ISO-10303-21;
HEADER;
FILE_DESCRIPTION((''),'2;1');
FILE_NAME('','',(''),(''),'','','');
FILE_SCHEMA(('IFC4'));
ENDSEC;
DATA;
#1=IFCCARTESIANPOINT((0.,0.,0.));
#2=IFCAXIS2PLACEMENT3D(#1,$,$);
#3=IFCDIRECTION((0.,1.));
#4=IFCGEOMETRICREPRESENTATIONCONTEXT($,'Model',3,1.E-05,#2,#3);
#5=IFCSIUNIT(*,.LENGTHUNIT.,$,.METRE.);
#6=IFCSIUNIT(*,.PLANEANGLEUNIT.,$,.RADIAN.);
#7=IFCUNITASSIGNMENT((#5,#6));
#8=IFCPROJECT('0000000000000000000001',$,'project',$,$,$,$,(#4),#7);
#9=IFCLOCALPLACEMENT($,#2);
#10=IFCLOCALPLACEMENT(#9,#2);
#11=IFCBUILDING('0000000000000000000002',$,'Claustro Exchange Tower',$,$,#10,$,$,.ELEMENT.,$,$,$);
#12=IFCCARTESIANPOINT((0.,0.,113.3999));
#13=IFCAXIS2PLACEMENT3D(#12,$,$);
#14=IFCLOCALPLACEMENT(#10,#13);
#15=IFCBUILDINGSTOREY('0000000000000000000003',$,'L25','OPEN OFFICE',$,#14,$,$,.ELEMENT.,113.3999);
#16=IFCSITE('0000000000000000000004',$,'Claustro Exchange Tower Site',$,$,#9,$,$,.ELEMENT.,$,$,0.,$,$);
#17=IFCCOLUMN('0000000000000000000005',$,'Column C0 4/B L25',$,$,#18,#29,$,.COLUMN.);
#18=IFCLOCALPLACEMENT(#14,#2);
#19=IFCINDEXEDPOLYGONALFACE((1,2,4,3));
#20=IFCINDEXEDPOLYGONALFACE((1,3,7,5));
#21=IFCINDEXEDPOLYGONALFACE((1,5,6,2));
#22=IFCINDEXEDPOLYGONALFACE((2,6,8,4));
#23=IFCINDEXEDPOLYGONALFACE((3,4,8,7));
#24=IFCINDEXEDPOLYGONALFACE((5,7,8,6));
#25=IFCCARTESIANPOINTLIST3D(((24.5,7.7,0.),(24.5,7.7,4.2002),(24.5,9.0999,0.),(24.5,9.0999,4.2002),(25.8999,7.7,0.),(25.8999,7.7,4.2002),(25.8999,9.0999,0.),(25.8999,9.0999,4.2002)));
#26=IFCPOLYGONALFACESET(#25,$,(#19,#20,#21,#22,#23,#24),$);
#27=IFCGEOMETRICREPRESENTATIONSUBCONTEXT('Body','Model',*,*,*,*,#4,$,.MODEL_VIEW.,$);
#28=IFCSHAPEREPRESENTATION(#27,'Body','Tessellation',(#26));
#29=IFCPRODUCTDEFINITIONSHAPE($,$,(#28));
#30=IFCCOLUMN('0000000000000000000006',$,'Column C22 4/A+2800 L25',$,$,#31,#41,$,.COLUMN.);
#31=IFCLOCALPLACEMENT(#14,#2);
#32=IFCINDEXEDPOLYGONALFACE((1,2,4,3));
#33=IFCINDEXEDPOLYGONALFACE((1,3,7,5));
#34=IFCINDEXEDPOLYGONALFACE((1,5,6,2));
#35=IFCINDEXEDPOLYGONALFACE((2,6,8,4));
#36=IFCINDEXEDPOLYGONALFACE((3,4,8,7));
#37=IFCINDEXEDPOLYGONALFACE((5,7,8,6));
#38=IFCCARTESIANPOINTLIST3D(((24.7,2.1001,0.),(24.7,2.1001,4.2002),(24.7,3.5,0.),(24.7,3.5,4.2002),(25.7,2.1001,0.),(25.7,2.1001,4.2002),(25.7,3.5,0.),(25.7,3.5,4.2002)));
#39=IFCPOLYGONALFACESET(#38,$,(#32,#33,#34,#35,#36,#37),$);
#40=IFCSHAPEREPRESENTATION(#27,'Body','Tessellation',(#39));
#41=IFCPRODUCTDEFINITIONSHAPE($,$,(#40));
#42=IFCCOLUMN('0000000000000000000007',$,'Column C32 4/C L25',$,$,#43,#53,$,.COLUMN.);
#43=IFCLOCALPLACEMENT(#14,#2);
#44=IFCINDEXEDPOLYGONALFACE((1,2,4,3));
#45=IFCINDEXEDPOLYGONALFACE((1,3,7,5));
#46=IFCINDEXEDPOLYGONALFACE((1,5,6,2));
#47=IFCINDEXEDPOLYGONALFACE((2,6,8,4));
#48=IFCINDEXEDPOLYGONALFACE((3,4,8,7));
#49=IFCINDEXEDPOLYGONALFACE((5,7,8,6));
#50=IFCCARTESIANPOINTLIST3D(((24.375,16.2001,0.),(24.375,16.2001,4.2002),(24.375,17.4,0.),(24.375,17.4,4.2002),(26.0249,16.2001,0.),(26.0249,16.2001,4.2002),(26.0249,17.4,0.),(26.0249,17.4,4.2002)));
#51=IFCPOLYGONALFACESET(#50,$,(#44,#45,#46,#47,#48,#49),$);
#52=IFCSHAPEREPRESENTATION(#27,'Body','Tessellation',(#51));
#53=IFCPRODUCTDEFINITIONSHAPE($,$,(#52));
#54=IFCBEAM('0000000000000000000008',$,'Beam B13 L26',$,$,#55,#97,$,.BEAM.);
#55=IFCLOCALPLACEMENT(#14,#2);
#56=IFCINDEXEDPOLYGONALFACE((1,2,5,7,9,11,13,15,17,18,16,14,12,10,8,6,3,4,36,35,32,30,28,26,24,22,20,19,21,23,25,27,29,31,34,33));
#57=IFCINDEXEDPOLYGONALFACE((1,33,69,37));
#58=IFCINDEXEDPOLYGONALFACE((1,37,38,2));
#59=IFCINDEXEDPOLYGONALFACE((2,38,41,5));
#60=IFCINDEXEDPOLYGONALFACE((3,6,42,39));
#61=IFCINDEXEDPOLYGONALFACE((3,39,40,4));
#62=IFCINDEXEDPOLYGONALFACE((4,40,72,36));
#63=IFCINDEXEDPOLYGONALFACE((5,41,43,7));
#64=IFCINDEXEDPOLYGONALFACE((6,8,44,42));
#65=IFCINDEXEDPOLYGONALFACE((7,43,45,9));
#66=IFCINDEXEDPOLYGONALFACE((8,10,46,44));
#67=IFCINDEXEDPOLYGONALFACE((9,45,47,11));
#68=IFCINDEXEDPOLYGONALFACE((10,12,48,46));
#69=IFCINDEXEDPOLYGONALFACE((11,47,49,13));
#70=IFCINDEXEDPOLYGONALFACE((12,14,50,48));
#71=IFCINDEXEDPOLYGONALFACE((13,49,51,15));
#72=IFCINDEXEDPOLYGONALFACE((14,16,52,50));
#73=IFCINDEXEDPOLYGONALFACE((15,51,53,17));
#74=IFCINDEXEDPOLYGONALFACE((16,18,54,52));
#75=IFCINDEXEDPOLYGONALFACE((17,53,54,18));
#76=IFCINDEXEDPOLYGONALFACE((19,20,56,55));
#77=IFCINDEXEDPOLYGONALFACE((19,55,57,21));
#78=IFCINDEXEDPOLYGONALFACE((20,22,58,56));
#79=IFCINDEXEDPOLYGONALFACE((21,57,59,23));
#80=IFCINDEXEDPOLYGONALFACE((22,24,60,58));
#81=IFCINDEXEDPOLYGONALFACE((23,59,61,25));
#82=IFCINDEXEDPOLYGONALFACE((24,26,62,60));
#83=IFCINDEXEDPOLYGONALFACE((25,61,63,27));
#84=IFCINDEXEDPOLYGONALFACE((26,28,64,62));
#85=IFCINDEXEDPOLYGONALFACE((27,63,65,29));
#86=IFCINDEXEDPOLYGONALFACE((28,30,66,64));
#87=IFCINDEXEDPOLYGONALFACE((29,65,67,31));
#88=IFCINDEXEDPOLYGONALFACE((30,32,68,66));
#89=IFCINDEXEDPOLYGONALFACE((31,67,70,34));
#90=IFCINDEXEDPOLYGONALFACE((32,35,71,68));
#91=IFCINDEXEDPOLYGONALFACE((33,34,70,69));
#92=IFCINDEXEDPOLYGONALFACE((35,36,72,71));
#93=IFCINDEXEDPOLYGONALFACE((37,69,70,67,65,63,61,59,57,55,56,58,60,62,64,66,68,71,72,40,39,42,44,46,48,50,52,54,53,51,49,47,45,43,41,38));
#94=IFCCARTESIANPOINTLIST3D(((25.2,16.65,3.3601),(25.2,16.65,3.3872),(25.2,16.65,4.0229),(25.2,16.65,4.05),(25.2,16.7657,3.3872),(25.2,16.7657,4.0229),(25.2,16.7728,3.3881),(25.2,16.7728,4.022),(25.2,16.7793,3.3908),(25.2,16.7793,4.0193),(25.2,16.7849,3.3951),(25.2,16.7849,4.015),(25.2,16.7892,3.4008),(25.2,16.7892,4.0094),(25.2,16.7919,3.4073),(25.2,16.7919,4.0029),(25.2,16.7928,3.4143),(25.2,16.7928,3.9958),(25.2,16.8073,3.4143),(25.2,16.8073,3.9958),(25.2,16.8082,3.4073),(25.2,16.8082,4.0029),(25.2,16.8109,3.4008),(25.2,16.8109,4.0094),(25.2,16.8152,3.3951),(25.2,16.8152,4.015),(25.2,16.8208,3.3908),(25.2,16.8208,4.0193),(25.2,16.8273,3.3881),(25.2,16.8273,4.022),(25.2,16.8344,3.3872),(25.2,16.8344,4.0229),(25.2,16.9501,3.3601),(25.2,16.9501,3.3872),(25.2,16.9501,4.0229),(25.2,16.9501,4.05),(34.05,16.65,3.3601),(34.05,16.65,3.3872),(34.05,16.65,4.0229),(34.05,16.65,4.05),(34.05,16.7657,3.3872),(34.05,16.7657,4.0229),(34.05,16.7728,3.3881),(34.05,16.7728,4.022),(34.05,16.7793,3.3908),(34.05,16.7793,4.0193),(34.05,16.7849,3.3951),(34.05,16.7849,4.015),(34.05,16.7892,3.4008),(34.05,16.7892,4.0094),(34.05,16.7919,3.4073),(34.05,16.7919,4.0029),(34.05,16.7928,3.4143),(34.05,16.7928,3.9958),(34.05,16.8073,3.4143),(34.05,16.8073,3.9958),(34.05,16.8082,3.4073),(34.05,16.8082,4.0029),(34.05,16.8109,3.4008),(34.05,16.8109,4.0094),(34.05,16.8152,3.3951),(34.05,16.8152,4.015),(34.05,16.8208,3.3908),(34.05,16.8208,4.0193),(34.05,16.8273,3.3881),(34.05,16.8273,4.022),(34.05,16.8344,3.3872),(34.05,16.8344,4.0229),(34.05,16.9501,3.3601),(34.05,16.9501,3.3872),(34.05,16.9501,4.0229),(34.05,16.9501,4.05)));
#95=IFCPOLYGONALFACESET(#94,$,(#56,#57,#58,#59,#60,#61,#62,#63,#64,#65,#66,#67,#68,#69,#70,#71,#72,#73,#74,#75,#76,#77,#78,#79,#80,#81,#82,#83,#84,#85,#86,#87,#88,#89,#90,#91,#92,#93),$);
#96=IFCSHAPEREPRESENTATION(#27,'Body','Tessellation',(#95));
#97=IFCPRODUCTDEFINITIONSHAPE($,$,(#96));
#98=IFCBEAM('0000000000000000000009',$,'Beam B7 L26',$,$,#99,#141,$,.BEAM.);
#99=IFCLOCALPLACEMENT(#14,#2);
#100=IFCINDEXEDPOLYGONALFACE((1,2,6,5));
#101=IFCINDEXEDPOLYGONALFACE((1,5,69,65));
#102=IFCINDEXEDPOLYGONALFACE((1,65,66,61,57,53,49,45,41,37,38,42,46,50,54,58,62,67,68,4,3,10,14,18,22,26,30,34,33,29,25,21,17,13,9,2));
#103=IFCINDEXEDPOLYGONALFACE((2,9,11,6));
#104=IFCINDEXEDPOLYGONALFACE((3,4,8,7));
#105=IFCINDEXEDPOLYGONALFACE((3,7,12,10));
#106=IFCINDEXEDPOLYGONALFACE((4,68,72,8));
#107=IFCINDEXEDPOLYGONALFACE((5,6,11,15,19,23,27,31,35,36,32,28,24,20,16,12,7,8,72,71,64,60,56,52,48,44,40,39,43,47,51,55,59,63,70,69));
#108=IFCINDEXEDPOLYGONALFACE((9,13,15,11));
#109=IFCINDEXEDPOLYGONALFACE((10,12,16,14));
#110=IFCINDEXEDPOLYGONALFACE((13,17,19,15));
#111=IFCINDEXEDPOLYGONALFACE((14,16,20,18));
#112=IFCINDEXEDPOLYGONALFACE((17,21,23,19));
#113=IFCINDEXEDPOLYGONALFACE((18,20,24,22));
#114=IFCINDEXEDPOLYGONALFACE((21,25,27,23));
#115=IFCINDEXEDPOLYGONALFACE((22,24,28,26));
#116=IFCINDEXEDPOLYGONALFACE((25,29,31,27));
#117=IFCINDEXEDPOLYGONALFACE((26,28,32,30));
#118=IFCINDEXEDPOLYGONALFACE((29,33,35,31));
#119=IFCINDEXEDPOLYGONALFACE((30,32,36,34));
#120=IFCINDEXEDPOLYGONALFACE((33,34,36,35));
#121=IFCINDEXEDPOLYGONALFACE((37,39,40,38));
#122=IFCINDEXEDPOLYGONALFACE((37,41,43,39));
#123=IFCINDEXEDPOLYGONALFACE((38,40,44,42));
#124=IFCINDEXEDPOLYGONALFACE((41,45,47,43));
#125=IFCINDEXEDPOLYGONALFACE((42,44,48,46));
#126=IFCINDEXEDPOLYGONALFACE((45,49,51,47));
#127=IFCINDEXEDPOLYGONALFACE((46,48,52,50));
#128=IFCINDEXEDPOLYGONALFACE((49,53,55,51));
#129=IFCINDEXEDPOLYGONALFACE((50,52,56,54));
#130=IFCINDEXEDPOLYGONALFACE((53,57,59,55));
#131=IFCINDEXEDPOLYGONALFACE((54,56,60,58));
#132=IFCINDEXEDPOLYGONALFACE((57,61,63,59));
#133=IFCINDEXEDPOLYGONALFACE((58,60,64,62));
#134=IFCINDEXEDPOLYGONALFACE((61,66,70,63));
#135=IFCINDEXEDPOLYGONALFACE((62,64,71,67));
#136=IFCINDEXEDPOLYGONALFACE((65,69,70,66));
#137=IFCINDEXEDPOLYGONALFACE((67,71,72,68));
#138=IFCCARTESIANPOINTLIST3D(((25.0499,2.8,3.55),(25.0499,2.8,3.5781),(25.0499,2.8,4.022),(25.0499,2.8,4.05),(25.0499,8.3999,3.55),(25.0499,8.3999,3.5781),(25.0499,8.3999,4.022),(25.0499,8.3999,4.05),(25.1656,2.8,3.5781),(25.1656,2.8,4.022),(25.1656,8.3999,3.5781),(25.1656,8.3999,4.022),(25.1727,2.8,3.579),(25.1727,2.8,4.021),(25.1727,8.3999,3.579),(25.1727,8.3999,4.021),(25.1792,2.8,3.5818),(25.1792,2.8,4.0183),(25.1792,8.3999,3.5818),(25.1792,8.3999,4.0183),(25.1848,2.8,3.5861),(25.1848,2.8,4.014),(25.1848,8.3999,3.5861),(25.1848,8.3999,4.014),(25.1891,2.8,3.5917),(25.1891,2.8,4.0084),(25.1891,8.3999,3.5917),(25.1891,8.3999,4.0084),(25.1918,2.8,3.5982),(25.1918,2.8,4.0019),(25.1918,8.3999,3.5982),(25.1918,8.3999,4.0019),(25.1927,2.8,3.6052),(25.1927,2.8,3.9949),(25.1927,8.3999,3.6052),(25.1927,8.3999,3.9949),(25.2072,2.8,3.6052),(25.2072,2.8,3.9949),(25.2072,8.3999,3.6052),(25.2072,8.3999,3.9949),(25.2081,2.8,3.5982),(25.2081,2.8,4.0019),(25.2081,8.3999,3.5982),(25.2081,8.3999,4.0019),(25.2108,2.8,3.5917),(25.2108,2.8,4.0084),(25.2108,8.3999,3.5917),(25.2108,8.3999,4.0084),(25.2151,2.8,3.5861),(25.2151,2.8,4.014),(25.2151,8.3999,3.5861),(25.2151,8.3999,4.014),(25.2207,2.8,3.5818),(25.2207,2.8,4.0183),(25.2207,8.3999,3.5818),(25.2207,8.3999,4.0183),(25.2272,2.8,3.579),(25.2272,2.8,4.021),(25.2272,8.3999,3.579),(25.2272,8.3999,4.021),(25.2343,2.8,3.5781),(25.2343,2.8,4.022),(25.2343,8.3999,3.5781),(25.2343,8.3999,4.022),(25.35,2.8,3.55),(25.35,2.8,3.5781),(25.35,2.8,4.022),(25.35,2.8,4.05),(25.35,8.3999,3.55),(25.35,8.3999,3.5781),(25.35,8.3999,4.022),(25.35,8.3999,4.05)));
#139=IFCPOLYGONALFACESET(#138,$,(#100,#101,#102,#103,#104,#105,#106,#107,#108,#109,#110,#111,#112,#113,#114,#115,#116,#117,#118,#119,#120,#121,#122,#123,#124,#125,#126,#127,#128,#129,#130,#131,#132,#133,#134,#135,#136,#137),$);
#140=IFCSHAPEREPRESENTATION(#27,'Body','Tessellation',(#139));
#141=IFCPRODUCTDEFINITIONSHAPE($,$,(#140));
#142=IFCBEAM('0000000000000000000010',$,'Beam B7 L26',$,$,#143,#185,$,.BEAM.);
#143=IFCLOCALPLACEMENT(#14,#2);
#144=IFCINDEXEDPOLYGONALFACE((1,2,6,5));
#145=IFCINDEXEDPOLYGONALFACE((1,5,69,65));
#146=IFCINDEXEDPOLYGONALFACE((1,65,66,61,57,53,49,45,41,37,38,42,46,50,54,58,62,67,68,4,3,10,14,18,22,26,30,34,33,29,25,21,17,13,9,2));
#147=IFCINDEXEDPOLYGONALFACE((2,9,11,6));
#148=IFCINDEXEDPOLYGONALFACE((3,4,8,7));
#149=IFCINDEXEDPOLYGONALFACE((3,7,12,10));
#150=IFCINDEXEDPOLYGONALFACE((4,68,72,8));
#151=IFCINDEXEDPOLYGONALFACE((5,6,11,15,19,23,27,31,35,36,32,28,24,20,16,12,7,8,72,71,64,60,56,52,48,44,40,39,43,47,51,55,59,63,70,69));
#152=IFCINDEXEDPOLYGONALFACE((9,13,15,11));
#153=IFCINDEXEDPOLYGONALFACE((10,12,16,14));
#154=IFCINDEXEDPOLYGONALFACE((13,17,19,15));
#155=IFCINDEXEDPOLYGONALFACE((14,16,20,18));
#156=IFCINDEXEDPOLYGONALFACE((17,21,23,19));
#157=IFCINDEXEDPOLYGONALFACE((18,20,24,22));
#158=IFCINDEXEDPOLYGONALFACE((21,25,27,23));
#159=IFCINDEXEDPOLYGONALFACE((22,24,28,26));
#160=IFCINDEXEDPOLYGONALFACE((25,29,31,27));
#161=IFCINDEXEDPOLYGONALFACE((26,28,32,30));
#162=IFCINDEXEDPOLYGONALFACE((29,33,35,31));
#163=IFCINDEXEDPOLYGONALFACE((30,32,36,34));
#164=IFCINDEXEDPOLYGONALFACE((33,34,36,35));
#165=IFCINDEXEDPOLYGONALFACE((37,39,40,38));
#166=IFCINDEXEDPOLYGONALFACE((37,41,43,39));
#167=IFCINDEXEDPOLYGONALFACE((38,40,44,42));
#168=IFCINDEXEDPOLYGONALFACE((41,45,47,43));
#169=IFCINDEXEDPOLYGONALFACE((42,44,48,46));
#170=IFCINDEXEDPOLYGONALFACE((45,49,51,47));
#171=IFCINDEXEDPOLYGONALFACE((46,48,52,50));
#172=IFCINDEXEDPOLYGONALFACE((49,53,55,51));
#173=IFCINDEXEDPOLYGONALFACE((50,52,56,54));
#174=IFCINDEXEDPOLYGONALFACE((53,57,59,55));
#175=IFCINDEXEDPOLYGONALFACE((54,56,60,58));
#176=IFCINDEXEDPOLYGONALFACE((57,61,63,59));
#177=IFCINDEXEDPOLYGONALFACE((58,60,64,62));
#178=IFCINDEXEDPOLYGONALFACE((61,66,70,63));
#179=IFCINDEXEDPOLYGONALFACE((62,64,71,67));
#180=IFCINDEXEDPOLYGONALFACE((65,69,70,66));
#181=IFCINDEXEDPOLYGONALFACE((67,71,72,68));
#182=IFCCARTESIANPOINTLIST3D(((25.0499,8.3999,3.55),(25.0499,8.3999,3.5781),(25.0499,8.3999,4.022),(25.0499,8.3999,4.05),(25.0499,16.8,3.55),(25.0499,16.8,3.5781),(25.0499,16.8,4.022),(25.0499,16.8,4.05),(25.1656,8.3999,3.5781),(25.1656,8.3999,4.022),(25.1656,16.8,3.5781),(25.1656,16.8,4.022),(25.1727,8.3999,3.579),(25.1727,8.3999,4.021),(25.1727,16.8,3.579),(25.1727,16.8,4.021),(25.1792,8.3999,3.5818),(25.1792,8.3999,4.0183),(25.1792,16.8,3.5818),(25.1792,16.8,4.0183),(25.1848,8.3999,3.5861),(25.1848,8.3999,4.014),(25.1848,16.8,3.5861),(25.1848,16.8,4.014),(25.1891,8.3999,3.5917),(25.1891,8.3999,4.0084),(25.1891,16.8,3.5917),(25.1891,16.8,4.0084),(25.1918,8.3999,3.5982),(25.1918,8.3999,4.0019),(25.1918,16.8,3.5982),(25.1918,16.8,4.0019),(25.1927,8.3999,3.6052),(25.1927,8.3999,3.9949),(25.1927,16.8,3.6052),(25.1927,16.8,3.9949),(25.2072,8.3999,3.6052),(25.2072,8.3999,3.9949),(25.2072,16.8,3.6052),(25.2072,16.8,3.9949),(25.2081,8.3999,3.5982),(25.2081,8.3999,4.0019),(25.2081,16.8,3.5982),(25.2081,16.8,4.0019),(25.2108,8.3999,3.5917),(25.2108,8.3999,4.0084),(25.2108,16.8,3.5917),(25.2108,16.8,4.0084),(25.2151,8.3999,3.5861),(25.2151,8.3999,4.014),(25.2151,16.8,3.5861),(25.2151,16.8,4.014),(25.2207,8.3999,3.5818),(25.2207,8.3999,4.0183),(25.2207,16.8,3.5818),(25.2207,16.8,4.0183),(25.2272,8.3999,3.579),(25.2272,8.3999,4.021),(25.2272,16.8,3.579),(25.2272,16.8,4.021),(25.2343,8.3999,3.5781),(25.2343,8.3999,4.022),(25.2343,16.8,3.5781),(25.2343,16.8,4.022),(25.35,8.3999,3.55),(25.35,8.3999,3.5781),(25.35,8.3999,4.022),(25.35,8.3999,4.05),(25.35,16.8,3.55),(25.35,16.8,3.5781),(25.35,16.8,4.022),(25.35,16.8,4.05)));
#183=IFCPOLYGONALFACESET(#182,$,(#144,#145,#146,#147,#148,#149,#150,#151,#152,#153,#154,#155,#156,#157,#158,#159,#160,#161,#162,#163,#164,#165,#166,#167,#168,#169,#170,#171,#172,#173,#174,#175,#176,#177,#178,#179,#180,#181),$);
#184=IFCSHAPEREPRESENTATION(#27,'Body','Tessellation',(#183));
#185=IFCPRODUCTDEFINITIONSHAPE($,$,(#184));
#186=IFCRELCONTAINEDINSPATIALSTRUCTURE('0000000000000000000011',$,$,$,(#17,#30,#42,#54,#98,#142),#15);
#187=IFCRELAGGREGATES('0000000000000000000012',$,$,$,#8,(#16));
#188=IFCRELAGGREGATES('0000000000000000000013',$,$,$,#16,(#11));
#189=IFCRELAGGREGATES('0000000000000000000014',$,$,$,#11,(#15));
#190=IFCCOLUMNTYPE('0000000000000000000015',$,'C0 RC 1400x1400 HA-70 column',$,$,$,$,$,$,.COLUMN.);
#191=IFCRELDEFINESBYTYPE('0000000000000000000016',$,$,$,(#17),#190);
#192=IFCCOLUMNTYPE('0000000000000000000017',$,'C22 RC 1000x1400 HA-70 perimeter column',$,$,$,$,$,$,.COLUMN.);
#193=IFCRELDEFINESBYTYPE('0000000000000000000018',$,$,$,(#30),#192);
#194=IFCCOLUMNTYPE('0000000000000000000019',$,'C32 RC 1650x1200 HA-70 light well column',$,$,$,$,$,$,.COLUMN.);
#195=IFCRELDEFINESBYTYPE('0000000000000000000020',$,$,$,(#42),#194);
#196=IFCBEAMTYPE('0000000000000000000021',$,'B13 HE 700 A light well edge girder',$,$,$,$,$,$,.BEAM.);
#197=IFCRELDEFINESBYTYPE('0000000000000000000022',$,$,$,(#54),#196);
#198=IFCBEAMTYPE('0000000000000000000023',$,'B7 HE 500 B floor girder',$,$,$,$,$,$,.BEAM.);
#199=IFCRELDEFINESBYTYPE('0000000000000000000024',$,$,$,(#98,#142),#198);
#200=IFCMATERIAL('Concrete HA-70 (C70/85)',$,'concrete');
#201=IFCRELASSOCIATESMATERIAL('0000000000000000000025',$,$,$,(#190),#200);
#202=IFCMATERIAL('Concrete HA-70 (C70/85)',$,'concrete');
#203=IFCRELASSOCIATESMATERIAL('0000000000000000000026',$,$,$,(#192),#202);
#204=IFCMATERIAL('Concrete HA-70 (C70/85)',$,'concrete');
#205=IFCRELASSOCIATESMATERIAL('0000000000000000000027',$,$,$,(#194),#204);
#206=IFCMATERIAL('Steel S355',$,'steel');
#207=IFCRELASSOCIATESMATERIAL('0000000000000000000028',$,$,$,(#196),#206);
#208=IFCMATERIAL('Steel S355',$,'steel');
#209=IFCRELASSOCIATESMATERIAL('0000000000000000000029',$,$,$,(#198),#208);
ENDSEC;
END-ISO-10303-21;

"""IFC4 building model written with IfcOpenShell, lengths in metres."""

from ifc_helpers import new_model, si_unit, direction, frame, origin, origin_2d, place, context, subcontext, project, spatial, rectangle, i_section, extrude, material, material_profile, profile_set, type_object, element, save


model = new_model("IFC4")

# Units and contexts
model_context = context("Model", 3, precision=1e-05, world=origin(), true_north=direction((0.0, 1.0)))
body_context = subcontext(model_context, "Body", "Model", "MODEL_VIEW")
ifc_project = project(units=[si_unit("LENGTHUNIT", "METRE"), si_unit("PLANEANGLEUNIT", "RADIAN")], contexts=[model_context])

# Site, building, storey
site_placement = place(None, origin())
site = spatial("IfcSite", under=ifc_project, at=site_placement, Name="Claustro Exchange Tower Site", CompositionType="ELEMENT", RefElevation=0.0)
building_placement = place(site_placement, origin())
building = spatial("IfcBuilding", under=site, at=building_placement, Name="Claustro Exchange Tower", CompositionType="ELEMENT")
storey_placement = place(building_placement, frame((0.0, 0.0, 113.3999)))
storey = spatial("IfcBuildingStorey", under=building, at=storey_placement, Name="L25", Description="OPEN OFFICE", CompositionType="ELEMENT", Elevation=113.3999)

# Columns
ifc_material_1 = material(Name="Concrete HA-70 (C70/85)", Category="concrete")
ifc_material_profile_1 = material_profile(ifc_material_1, rectangle(XDim=1.3999, YDim=1.3999, at=origin_2d()), Name="RC 1400x1400")
ifc_profile_set_1 = profile_set([ifc_material_profile_1], Name="Concrete HA-70 (C70/85)")
column_type_1 = type_object("IfcColumnType", Name="C0 RC 1400x1400 HA-70 column", PredefinedType="COLUMN", material=ifc_profile_set_1)
column_1_placement = place(storey_placement, frame((25.2, 8.3999, 0.0), z_axis=(0.0, 0.0, 1.0), x_axis=(1.0, 0.0, 0.0)))
element("IfcColumn", 1, at=column_1_placement, inside=storey, type_object=column_type_1, Name="Column C0 4/B L25", PredefinedType="COLUMN", context=body_context, shape_type="SweptSolid", body=[
    extrude(rectangle(XDim=1.3999, YDim=1.3999, at=origin_2d()), origin(), (0.0, 0.0, 1.0), 4.2002),
])
ifc_material_2 = material(Name="Concrete HA-70 (C70/85)", Category="concrete")
ifc_material_profile_2 = material_profile(ifc_material_2, rectangle(XDim=1.0, YDim=1.3999, at=origin_2d()), Name="RC 1000x1400")
ifc_profile_set_2 = profile_set([ifc_material_profile_2], Name="Concrete HA-70 (C70/85)")
column_type_2 = type_object("IfcColumnType", Name="C22 RC 1000x1400 HA-70 perimeter column", PredefinedType="COLUMN", material=ifc_profile_set_2)
column_2_placement = place(storey_placement, frame((25.2, 2.8, 0.0), z_axis=(0.0, 0.0, 1.0), x_axis=(1.0, 0.0, 0.0)))
element("IfcColumn", 2, at=column_2_placement, inside=storey, type_object=column_type_2, Name="Column C22 4/A+2800 L25", PredefinedType="COLUMN", context=body_context, shape_type="SweptSolid", body=[
    extrude(rectangle(XDim=1.0, YDim=1.3999, at=origin_2d()), origin(), (0.0, 0.0, 1.0), 4.2002),
])
ifc_material_3 = material(Name="Concrete HA-70 (C70/85)", Category="concrete")
ifc_material_profile_3 = material_profile(ifc_material_3, rectangle(XDim=1.6499, YDim=1.2, at=origin_2d()), Name="RC 1650x1200")
ifc_profile_set_3 = profile_set([ifc_material_profile_3], Name="Concrete HA-70 (C70/85)")
column_type_3 = type_object("IfcColumnType", Name="C32 RC 1650x1200 HA-70 light well column", PredefinedType="COLUMN", material=ifc_profile_set_3)
column_3_placement = place(storey_placement, frame((25.2, 16.8, 0.0), z_axis=(0.0, 0.0, 1.0), x_axis=(1.0, 0.0, 0.0)))
element("IfcColumn", 3, at=column_3_placement, inside=storey, type_object=column_type_3, Name="Column C32 4/C L25", PredefinedType="COLUMN", context=body_context, shape_type="SweptSolid", body=[
    extrude(rectangle(XDim=1.6499, YDim=1.2, at=origin_2d()), origin(), (0.0, 0.0, 1.0), 4.2002),
])

# Beams
ifc_material_4 = material(Name="Steel S355", Category="steel")
ifc_material_profile_4 = material_profile(ifc_material_4, i_section(OverallWidth=0.3, OverallDepth=0.6899, WebThickness=0.0144, FlangeThickness=0.0271, FilletRadius=0.0271, at=origin_2d()), Name="HE 700 A")
ifc_profile_set_4 = profile_set([ifc_material_profile_4], Name="Steel S355")
beam_type_1 = type_object("IfcBeamType", Name="B13 HE 700 A light well edge girder", PredefinedType="BEAM", material=ifc_profile_set_4)
beam_1_placement = place(storey_placement, frame((25.2, 16.8, 3.7051), z_axis=(1.0, 0.0, 0.0), x_axis=(0.0, 1.0, 0.0)))
element("IfcBeam", 4, at=beam_1_placement, inside=storey, type_object=beam_type_1, Name="Beam B13 L26", PredefinedType="BEAM", context=body_context, shape_type="SweptSolid", body=[
    extrude(i_section(OverallWidth=0.3, OverallDepth=0.6899, WebThickness=0.0144, FlangeThickness=0.0271, FilletRadius=0.0271, at=origin_2d()), origin(), (0.0, 0.0, 1.0), 8.8501),
])
ifc_material_5 = material(Name="Steel S355", Category="steel")
ifc_material_profile_5 = material_profile(ifc_material_5, i_section(OverallWidth=0.3, OverallDepth=0.5, WebThickness=0.0144, FlangeThickness=0.0281, FilletRadius=0.0271, at=origin_2d()), Name="HE 500 B")
ifc_profile_set_5 = profile_set([ifc_material_profile_5], Name="Steel S355")
beam_type_2 = type_object("IfcBeamType", Name="B7 HE 500 B floor girder", PredefinedType="BEAM", material=ifc_profile_set_5)
beam_2_placement = place(storey_placement, frame((25.2, 2.8, 3.8), z_axis=(0.0, 1.0, 0.0), x_axis=(-1.0, 0.0, 0.0)))
element("IfcBeam", 5, at=beam_2_placement, inside=storey, type_object=beam_type_2, Name="Beam B7 L26", PredefinedType="BEAM", context=body_context, shape_type="SweptSolid", body=[
    extrude(i_section(OverallWidth=0.3, OverallDepth=0.5, WebThickness=0.0144, FlangeThickness=0.0281, FilletRadius=0.0271, at=origin_2d()), origin(), (0.0, 0.0, 1.0), 5.5999),
])
for number, where, z_axis, x_axis, name in (
    (6, (25.2, 8.3999, 3.8), (0.0, 1.0, 0.0), (-1.0, 0.0, 0.0), "Beam B7 L26"),
):
    element("IfcBeam", number, at=place(storey_placement, frame(where, z_axis=z_axis, x_axis=x_axis)), inside=storey, type_object=beam_type_2, Name=name, PredefinedType="BEAM", context=body_context, shape_type="SweptSolid", body=[
        extrude(i_section(OverallWidth=0.3, OverallDepth=0.5, WebThickness=0.0144, FlangeThickness=0.0281, FilletRadius=0.0271, at=origin_2d()), origin(), (0.0, 0.0, 1.0), 8.4001),
    ])

save(model, "model.ifc")
